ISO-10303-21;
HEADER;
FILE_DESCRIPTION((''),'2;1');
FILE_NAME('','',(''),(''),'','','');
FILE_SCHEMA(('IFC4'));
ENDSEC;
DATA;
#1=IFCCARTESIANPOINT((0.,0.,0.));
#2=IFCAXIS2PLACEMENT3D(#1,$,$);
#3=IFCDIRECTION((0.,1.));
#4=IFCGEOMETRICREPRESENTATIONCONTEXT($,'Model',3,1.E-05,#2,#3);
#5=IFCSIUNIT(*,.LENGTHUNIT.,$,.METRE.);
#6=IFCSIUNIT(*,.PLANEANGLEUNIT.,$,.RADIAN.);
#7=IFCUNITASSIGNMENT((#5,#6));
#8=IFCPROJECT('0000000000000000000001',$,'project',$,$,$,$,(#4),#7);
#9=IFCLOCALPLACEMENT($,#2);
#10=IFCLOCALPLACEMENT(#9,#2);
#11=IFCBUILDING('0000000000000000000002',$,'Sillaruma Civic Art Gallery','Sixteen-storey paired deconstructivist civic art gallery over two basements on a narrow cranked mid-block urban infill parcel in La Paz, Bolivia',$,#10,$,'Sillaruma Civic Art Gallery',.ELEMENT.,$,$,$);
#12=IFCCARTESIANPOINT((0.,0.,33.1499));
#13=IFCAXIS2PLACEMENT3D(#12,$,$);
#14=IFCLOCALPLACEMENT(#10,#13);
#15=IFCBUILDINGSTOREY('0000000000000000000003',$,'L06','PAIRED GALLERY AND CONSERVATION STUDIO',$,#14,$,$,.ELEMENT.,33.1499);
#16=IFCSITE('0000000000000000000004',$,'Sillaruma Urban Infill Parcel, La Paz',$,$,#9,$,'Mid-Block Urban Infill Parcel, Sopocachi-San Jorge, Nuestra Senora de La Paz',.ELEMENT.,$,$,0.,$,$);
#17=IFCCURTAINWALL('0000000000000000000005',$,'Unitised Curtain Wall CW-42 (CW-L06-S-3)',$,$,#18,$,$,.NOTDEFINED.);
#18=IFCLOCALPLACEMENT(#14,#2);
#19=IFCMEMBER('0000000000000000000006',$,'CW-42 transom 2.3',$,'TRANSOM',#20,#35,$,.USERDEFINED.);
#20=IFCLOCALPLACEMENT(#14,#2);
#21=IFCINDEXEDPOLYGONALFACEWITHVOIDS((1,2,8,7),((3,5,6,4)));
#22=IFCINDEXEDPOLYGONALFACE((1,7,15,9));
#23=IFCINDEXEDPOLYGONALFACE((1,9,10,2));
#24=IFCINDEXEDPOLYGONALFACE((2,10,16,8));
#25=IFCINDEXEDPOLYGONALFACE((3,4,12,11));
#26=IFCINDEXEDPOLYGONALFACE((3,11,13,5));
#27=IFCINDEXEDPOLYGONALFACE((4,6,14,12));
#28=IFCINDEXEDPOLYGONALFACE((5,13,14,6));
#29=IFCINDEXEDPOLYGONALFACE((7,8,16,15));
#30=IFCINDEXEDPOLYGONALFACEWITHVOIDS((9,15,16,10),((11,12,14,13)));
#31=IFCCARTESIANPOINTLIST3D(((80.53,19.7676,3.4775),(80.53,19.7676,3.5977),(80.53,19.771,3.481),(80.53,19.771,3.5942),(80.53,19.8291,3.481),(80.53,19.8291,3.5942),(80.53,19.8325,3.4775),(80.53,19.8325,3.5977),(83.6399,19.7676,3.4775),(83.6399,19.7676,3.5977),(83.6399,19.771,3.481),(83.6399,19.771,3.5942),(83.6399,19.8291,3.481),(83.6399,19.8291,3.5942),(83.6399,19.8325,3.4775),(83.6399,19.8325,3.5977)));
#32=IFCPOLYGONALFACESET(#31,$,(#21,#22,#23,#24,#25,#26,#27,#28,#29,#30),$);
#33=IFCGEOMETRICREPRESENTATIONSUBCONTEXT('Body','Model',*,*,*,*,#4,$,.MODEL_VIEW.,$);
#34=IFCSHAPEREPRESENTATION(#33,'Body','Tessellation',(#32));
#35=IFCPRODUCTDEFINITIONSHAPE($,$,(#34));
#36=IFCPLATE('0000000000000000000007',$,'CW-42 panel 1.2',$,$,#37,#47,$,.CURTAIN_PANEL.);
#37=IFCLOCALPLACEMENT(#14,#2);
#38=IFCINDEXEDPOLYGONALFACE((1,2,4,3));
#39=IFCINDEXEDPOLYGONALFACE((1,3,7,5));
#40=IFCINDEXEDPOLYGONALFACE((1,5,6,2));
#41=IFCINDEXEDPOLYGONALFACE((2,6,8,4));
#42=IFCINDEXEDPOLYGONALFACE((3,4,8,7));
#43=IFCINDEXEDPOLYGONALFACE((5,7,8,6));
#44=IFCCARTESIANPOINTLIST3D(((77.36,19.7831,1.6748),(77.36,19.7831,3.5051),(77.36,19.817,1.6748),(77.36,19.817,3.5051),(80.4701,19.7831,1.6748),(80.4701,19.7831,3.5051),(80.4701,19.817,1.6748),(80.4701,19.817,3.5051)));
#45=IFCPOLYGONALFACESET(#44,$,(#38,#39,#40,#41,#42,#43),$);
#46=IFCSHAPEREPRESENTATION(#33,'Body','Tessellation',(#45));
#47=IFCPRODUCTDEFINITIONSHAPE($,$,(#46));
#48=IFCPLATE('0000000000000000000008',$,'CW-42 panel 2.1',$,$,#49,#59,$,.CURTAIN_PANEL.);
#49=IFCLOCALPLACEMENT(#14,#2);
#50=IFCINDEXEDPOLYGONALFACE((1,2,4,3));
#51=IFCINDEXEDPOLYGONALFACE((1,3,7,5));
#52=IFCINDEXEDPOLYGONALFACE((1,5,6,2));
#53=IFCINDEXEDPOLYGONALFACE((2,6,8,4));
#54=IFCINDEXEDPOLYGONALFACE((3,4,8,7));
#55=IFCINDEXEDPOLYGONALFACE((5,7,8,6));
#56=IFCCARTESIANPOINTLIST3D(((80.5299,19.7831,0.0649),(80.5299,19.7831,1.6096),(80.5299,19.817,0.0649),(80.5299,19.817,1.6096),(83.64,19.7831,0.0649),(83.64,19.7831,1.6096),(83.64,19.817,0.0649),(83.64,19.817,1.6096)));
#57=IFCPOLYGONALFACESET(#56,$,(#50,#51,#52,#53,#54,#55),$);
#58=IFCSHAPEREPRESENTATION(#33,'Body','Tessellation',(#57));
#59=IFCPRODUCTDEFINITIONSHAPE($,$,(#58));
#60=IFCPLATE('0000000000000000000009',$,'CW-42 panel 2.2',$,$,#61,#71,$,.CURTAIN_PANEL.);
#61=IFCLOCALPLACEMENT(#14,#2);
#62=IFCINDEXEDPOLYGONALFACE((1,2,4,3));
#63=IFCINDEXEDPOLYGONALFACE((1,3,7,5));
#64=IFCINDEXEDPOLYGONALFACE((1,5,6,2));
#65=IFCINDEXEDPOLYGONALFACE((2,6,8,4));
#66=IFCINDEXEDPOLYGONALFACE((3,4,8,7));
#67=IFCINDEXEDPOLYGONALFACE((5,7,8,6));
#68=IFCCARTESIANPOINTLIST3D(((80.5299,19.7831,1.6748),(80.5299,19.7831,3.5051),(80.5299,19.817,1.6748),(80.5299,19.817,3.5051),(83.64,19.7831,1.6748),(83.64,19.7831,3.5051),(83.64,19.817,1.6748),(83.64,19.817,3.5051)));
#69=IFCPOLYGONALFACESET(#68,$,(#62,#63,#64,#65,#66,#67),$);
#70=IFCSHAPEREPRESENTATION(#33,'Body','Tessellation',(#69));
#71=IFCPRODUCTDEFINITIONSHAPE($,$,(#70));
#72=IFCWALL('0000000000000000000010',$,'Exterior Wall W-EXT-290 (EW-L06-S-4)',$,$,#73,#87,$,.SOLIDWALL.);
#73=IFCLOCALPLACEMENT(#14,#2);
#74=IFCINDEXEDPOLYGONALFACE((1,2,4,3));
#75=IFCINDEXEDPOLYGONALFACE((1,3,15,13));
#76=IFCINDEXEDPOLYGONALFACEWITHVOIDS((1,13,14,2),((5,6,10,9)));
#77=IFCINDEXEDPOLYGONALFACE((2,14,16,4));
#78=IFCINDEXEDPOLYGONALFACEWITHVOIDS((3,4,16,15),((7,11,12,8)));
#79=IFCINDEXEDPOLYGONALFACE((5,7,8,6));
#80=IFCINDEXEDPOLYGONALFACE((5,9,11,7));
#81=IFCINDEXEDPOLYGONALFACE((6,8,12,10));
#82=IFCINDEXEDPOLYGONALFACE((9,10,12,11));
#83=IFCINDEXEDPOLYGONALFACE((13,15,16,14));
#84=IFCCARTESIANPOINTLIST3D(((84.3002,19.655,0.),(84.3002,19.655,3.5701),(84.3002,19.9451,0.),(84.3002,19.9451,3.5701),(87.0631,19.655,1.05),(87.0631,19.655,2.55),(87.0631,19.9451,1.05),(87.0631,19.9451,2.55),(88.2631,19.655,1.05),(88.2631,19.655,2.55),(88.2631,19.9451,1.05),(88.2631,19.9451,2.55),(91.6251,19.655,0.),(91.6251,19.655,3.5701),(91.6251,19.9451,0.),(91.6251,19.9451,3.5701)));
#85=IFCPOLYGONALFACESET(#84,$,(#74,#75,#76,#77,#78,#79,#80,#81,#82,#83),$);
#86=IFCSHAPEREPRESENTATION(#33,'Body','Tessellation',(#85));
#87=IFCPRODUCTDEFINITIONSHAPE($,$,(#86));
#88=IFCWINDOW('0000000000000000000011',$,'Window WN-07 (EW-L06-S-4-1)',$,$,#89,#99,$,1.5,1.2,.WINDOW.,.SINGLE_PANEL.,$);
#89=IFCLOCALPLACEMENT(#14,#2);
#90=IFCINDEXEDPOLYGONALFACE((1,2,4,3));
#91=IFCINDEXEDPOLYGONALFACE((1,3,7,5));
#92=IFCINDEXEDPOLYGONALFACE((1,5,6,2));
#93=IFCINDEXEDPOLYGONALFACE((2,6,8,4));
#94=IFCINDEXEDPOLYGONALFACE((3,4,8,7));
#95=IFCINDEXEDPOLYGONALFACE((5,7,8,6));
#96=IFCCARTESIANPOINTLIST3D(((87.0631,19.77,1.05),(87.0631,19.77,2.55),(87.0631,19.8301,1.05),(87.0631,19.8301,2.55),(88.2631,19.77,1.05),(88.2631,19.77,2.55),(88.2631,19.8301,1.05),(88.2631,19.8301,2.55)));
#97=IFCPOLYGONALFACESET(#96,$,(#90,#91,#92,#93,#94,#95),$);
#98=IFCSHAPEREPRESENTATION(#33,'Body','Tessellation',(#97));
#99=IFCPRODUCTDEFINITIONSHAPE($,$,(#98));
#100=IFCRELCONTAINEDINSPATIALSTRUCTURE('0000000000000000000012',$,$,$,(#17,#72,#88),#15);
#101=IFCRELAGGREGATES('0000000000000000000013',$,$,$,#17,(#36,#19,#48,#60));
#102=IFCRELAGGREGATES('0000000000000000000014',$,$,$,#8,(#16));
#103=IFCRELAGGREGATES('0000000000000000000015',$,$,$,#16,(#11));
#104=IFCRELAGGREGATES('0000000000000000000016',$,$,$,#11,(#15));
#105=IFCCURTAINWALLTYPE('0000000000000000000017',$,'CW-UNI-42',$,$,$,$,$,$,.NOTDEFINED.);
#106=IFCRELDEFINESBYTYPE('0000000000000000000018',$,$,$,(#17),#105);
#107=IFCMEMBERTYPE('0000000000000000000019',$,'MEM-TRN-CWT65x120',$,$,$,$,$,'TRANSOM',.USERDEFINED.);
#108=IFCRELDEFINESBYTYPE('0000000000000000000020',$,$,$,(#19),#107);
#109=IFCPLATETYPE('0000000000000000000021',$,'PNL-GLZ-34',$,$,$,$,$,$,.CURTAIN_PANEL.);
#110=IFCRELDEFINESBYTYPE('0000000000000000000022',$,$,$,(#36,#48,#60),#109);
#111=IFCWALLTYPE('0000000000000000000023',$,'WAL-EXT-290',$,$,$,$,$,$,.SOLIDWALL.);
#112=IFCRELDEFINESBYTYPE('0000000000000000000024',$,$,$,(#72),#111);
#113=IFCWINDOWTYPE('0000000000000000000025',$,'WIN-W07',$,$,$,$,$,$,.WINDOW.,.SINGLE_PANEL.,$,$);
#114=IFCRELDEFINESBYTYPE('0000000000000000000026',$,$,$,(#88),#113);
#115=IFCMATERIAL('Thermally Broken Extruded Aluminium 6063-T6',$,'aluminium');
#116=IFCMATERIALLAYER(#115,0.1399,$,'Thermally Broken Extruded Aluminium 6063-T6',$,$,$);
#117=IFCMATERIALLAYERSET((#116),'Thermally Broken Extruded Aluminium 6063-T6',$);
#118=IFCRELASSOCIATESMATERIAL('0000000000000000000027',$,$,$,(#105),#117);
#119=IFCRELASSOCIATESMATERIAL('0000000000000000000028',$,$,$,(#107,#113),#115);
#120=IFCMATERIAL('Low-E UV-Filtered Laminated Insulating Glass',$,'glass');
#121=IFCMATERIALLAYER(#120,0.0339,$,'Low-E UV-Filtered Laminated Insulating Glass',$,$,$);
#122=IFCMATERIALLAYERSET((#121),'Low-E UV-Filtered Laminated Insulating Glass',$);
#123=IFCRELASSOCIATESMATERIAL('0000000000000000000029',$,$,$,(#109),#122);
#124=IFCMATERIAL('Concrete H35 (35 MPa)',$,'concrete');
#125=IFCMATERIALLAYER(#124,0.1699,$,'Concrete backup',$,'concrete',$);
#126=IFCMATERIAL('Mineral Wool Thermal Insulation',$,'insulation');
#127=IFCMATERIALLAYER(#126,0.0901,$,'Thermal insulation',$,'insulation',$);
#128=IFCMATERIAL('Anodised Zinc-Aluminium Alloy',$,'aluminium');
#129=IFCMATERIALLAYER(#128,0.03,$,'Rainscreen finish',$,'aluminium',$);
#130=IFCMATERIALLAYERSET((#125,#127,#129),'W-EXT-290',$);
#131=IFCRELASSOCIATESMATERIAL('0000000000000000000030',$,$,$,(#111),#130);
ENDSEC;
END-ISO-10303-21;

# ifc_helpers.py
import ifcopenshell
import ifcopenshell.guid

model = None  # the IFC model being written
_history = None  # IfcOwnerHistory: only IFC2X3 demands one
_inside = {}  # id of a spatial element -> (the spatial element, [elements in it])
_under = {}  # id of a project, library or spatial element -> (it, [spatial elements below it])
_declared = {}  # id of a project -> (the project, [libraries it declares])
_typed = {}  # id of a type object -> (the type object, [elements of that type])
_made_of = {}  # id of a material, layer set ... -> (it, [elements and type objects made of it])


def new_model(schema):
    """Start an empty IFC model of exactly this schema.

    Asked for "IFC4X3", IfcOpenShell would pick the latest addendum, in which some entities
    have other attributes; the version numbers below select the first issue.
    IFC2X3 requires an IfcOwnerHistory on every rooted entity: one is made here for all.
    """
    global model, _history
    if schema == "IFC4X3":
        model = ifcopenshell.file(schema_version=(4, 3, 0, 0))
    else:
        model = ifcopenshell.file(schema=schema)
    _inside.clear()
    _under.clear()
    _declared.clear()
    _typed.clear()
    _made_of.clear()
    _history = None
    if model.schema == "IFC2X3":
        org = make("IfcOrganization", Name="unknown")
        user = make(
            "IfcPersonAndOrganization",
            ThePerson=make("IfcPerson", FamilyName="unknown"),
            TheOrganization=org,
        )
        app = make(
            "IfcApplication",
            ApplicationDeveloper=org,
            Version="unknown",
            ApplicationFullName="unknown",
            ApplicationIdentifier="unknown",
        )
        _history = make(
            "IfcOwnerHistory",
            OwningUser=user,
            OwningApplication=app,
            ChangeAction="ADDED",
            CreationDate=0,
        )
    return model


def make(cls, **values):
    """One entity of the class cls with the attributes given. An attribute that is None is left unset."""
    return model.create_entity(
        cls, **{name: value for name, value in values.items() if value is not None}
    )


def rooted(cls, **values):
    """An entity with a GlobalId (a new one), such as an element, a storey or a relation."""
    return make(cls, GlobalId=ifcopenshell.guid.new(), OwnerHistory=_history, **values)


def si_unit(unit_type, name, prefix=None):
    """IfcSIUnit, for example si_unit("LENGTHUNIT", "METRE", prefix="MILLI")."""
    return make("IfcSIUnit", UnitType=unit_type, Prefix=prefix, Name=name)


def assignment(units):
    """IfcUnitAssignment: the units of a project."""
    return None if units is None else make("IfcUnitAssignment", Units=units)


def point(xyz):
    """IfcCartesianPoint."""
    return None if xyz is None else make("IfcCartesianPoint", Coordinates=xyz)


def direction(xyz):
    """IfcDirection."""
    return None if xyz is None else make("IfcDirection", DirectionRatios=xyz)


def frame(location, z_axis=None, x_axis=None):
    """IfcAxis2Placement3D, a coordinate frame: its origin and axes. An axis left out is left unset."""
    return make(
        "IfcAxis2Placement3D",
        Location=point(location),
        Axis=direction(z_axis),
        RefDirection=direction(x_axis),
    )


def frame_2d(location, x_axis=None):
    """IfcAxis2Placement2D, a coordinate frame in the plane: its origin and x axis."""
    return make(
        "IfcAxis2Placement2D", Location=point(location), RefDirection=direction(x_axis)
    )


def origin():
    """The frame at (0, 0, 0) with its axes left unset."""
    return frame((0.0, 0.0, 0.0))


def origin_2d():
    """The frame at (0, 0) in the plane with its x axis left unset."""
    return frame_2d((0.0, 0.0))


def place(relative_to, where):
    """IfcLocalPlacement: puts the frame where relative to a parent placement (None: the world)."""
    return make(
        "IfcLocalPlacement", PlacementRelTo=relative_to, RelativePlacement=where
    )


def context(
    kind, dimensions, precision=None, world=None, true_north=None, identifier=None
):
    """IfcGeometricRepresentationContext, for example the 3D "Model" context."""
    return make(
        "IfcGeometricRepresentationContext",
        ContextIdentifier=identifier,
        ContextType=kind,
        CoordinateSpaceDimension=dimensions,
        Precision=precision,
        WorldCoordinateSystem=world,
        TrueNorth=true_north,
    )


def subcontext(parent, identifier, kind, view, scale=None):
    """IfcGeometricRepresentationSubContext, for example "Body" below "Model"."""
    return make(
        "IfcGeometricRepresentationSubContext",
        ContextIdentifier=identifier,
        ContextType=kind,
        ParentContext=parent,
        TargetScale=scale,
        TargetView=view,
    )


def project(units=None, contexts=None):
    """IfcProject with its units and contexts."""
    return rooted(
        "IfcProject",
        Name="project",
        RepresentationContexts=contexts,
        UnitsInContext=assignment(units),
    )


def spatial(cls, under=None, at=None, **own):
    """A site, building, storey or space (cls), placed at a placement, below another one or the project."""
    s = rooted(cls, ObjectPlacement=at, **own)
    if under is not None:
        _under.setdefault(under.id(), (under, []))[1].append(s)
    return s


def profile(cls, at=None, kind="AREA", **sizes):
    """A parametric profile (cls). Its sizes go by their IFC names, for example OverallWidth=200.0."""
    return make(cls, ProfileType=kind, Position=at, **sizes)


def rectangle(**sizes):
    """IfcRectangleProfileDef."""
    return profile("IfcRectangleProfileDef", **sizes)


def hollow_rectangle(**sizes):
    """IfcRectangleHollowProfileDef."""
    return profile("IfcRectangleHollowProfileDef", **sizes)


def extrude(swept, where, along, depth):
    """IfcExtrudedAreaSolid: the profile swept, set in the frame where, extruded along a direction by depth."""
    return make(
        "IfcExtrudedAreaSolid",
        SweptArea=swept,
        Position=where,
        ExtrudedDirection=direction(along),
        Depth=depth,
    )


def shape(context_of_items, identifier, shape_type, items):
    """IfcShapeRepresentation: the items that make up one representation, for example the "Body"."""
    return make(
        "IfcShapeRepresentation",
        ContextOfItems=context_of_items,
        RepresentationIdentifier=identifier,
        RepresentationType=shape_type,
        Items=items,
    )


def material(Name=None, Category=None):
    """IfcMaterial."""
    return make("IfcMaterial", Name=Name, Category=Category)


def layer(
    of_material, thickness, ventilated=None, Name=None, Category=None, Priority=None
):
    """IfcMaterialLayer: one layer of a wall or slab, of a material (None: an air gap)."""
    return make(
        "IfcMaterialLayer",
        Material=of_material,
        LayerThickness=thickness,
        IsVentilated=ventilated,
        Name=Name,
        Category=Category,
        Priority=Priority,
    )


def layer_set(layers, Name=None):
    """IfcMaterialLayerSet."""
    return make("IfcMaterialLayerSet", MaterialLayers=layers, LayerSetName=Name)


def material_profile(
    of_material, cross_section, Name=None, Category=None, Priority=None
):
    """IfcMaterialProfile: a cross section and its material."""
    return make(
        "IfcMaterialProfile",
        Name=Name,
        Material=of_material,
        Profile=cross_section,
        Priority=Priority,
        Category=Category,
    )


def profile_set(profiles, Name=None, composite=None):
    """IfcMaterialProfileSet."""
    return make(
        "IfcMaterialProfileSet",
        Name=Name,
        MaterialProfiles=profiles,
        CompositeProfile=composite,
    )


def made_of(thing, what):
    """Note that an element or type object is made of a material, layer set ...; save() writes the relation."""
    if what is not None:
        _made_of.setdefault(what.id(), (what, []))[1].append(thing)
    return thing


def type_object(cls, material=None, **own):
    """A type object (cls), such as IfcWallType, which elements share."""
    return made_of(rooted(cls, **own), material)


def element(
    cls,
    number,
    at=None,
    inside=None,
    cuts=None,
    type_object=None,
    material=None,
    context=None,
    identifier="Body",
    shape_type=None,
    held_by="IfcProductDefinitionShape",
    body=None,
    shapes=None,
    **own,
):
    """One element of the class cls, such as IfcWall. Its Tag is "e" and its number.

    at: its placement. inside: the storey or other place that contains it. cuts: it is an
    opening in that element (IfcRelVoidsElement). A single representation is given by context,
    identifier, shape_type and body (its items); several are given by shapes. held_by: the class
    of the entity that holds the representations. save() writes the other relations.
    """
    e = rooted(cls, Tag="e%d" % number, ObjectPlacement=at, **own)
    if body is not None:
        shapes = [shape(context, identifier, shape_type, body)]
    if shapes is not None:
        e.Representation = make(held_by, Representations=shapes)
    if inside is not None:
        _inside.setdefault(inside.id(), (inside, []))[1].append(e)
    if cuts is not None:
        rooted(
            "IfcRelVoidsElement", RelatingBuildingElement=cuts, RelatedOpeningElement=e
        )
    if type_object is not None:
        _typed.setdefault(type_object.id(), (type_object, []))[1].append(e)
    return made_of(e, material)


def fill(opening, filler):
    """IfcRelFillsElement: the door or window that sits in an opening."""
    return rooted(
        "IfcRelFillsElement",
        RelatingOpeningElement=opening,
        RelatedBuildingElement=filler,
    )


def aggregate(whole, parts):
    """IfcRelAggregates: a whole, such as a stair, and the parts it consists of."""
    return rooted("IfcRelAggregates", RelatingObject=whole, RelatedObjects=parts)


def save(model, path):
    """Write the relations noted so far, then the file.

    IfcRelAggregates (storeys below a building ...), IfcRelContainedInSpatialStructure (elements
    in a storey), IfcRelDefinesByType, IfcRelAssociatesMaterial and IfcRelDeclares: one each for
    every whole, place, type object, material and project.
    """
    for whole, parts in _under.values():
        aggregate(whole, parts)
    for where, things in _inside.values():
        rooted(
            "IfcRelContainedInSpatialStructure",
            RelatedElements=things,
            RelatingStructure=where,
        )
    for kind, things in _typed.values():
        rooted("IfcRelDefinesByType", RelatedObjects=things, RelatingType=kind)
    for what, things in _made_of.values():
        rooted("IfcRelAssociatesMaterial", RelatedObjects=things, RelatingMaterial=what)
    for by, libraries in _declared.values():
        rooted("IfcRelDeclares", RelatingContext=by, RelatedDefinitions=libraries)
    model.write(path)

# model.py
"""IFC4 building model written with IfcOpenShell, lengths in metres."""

from ifc_helpers import new_model, si_unit, direction, frame, frame_2d, origin, origin_2d, place, context, subcontext, project, spatial, rectangle, hollow_rectangle, extrude, material, layer, layer_set, material_profile, profile_set, type_object, element, fill, aggregate, save


model = new_model("IFC4")

# Units and contexts
model_context = context("Model", 3, precision=1e-05, world=origin(), true_north=direction((0.0, 1.0)))
body_context = subcontext(model_context, "Body", "Model", "MODEL_VIEW")
ifc_project = project(units=[si_unit("LENGTHUNIT", "METRE"), si_unit("PLANEANGLEUNIT", "RADIAN")], contexts=[model_context])

# Site, building, storey
site_placement = place(None, origin())
site = spatial("IfcSite", under=ifc_project, at=site_placement, Name="Sillaruma Urban Infill Parcel, La Paz", LongName="Mid-Block Urban Infill Parcel, Sopocachi-San Jorge, Nuestra Senora de La Paz", CompositionType="ELEMENT", RefElevation=0.0)
building_placement = place(site_placement, origin())
building = spatial("IfcBuilding", under=site, at=building_placement, Name="Sillaruma Civic Art Gallery", Description="Sixteen-storey paired deconstructivist civic art gallery over two basements on a narrow cranked mid-block urban infill parcel in La Paz, Bolivia", LongName="Sillaruma Civic Art Gallery", CompositionType="ELEMENT")
storey_placement = place(building_placement, frame((0.0, 0.0, 33.1499)))
storey = spatial("IfcBuildingStorey", under=building, at=storey_placement, Name="L06", Description="PAIRED GALLERY AND CONSERVATION STUDIO", CompositionType="ELEMENT", Elevation=33.1499)

# Shared definitions
ifc_material_1 = material(Name="Concrete H35 (35 MPa)", Category="concrete")

# Curtain wall, member, plates
ifc_material_2 = material(Name="Thermally Broken Extruded Aluminium 6063-T6", Category="aluminium")
ifc_layer_1 = layer(ifc_material_2, 0.1399, Name="Thermally Broken Extruded Aluminium 6063-T6")
ifc_layer_set_1 = layer_set([ifc_layer_1], Name="Thermally Broken Extruded Aluminium 6063-T6")
curtain_wall_type = type_object("IfcCurtainWallType", Name="CW-UNI-42", PredefinedType="NOTDEFINED", material=ifc_layer_set_1)
curtain_wall_placement = place(storey_placement, origin())
curtain_wall = element("IfcCurtainWall", 1, at=curtain_wall_placement, inside=storey, type_object=curtain_wall_type, Name="Unitised Curtain Wall CW-42 (CW-L06-S-3)", PredefinedType="NOTDEFINED")
ifc_material_profile_1 = material_profile(ifc_material_2, hollow_rectangle(XDim=0.0649, YDim=0.1201, WallThickness=0.0034, at=origin_2d()), Name="CWT65x120")
ifc_profile_set_1 = profile_set([ifc_material_profile_1], Name="Thermally Broken Extruded Aluminium 6063-T6")
member_type_1 = type_object("IfcMemberType", Name="MEM-TRN-CWT65x120", ElementType="TRANSOM", PredefinedType="USERDEFINED", material=ifc_profile_set_1)
member_1_placement = place(storey_placement, frame((80.53, 19.8, 3.5376), z_axis=(1.0, 0.0, 0.0), x_axis=(0.0, 1.0, 0.0)))
member_1 = element("IfcMember", 2, at=member_1_placement, type_object=member_type_1, Name="CW-42 transom 2.3", ObjectType="TRANSOM", PredefinedType="USERDEFINED", context=body_context, shape_type="SweptSolid", body=[
    extrude(hollow_rectangle(XDim=0.0649, YDim=0.1201, WallThickness=0.0034, at=origin_2d()), origin(), (0.0, 0.0, 1.0), 3.1099),
])
ifc_material_3 = material(Name="Low-E UV-Filtered Laminated Insulating Glass", Category="glass")
ifc_layer_2 = layer(ifc_material_3, 0.0339, Name="Low-E UV-Filtered Laminated Insulating Glass")
ifc_layer_set_2 = layer_set([ifc_layer_2], Name="Low-E UV-Filtered Laminated Insulating Glass")
plate_type = type_object("IfcPlateType", Name="PNL-GLZ-34", PredefinedType="CURTAIN_PANEL", material=ifc_layer_set_2)
plate_1_placement = place(storey_placement, frame((78.915, 19.8, 1.6748), z_axis=(0.0, 0.0, 1.0), x_axis=(1.0, 0.0, 0.0)))
plate_1 = element("IfcPlate", 3, at=plate_1_placement, type_object=plate_type, Name="CW-42 panel 1.2", PredefinedType="CURTAIN_PANEL", context=body_context, shape_type="SweptSolid", body=[
    extrude(rectangle(XDim=3.1101, YDim=0.0339, at=origin_2d()), origin(), (0.0, 0.0, 1.0), 1.8303),
])
plate_2_placement = place(storey_placement, frame((82.085, 19.8, 0.0649), z_axis=(0.0, 0.0, 1.0), x_axis=(1.0, 0.0, 0.0)))
plate_2 = element("IfcPlate", 4, at=plate_2_placement, type_object=plate_type, Name="CW-42 panel 2.1", PredefinedType="CURTAIN_PANEL", context=body_context, shape_type="SweptSolid", body=[
    extrude(rectangle(XDim=3.1101, YDim=0.0339, at=origin_2d()), origin(), (0.0, 0.0, 1.0), 1.5447),
])
plate_3_placement = place(storey_placement, frame((82.085, 19.8, 1.6748), z_axis=(0.0, 0.0, 1.0), x_axis=(1.0, 0.0, 0.0)))
plate_3 = element("IfcPlate", 5, at=plate_3_placement, type_object=plate_type, Name="CW-42 panel 2.2", PredefinedType="CURTAIN_PANEL", context=body_context, shape_type="SweptSolid", body=[
    extrude(rectangle(XDim=3.1101, YDim=0.0339, at=origin_2d()), origin(), (0.0, 0.0, 1.0), 1.8303),
])
aggregate(curtain_wall, [plate_1, member_1, plate_2, plate_3])

# Wall, opening, window
ifc_layer_3 = layer(ifc_material_1, 0.1699, Name="Concrete backup", Category="concrete")
ifc_material_4 = material(Name="Mineral Wool Thermal Insulation", Category="insulation")
ifc_layer_4 = layer(ifc_material_4, 0.0901, Name="Thermal insulation", Category="insulation")
ifc_material_5 = material(Name="Anodised Zinc-Aluminium Alloy", Category="aluminium")
ifc_layer_5 = layer(ifc_material_5, 0.03, Name="Rainscreen finish", Category="aluminium")
ifc_layer_set_3 = layer_set([ifc_layer_3, ifc_layer_4, ifc_layer_5], Name="W-EXT-290")
wall_type = type_object("IfcWallType", Name="WAL-EXT-290", PredefinedType="SOLIDWALL", material=ifc_layer_set_3)
wall_placement = place(storey_placement, frame((84.3, 19.8, 0.0), z_axis=(0.0, 0.0, 1.0), x_axis=(1.0, 0.0, 0.0)))
wall = element("IfcWall", 6, at=wall_placement, inside=storey, type_object=wall_type, Name="Exterior Wall W-EXT-290 (EW-L06-S-4)", PredefinedType="SOLIDWALL", context=body_context, shape_type="SweptSolid", body=[
    extrude(rectangle(XDim=7.325, YDim=0.29, at=frame_2d((3.6626, 0.0))), origin(), (0.0, 0.0, 1.0), 3.5701),
])
opening_placement = place(wall_placement, frame((2.7629, 0.0, 1.05)))
opening = element("IfcOpeningElement", 7, at=opening_placement, cuts=wall, PredefinedType="OPENING", context=body_context, shape_type="SweptSolid", body=[
    extrude(rectangle(XDim=1.2, YDim=1.5, at=frame_2d((0.6001, 0.75))), frame((0.0, 0.155, 0.0), z_axis=(0.0, -1.0, 0.0), x_axis=(1.0, 0.0, 0.0)), (0.0, 0.0, 1.0), 0.3101),
])
window_type = type_object("IfcWindowType", Name="WIN-W07", PartitioningType="SINGLE_PANEL", PredefinedType="WINDOW", material=ifc_material_2)
window_placement = place(opening_placement, origin())
window = element("IfcWindow", 8, at=window_placement, inside=storey, type_object=window_type, Name="Window WN-07 (EW-L06-S-4-1)", OverallHeight=1.5, OverallWidth=1.2, PartitioningType="SINGLE_PANEL", PredefinedType="WINDOW", context=body_context, shape_type="SweptSolid", body=[
    extrude(rectangle(XDim=1.2, YDim=1.5, at=frame_2d((0.6001, 0.75))), frame((0.0, 0.03, 0.0), z_axis=(0.0, -1.0, 0.0), x_axis=(1.0, 0.0, 0.0)), (0.0, 0.0, 1.0), 0.0601),
])
fill(opening, window)

save(model, "model.ifc")
